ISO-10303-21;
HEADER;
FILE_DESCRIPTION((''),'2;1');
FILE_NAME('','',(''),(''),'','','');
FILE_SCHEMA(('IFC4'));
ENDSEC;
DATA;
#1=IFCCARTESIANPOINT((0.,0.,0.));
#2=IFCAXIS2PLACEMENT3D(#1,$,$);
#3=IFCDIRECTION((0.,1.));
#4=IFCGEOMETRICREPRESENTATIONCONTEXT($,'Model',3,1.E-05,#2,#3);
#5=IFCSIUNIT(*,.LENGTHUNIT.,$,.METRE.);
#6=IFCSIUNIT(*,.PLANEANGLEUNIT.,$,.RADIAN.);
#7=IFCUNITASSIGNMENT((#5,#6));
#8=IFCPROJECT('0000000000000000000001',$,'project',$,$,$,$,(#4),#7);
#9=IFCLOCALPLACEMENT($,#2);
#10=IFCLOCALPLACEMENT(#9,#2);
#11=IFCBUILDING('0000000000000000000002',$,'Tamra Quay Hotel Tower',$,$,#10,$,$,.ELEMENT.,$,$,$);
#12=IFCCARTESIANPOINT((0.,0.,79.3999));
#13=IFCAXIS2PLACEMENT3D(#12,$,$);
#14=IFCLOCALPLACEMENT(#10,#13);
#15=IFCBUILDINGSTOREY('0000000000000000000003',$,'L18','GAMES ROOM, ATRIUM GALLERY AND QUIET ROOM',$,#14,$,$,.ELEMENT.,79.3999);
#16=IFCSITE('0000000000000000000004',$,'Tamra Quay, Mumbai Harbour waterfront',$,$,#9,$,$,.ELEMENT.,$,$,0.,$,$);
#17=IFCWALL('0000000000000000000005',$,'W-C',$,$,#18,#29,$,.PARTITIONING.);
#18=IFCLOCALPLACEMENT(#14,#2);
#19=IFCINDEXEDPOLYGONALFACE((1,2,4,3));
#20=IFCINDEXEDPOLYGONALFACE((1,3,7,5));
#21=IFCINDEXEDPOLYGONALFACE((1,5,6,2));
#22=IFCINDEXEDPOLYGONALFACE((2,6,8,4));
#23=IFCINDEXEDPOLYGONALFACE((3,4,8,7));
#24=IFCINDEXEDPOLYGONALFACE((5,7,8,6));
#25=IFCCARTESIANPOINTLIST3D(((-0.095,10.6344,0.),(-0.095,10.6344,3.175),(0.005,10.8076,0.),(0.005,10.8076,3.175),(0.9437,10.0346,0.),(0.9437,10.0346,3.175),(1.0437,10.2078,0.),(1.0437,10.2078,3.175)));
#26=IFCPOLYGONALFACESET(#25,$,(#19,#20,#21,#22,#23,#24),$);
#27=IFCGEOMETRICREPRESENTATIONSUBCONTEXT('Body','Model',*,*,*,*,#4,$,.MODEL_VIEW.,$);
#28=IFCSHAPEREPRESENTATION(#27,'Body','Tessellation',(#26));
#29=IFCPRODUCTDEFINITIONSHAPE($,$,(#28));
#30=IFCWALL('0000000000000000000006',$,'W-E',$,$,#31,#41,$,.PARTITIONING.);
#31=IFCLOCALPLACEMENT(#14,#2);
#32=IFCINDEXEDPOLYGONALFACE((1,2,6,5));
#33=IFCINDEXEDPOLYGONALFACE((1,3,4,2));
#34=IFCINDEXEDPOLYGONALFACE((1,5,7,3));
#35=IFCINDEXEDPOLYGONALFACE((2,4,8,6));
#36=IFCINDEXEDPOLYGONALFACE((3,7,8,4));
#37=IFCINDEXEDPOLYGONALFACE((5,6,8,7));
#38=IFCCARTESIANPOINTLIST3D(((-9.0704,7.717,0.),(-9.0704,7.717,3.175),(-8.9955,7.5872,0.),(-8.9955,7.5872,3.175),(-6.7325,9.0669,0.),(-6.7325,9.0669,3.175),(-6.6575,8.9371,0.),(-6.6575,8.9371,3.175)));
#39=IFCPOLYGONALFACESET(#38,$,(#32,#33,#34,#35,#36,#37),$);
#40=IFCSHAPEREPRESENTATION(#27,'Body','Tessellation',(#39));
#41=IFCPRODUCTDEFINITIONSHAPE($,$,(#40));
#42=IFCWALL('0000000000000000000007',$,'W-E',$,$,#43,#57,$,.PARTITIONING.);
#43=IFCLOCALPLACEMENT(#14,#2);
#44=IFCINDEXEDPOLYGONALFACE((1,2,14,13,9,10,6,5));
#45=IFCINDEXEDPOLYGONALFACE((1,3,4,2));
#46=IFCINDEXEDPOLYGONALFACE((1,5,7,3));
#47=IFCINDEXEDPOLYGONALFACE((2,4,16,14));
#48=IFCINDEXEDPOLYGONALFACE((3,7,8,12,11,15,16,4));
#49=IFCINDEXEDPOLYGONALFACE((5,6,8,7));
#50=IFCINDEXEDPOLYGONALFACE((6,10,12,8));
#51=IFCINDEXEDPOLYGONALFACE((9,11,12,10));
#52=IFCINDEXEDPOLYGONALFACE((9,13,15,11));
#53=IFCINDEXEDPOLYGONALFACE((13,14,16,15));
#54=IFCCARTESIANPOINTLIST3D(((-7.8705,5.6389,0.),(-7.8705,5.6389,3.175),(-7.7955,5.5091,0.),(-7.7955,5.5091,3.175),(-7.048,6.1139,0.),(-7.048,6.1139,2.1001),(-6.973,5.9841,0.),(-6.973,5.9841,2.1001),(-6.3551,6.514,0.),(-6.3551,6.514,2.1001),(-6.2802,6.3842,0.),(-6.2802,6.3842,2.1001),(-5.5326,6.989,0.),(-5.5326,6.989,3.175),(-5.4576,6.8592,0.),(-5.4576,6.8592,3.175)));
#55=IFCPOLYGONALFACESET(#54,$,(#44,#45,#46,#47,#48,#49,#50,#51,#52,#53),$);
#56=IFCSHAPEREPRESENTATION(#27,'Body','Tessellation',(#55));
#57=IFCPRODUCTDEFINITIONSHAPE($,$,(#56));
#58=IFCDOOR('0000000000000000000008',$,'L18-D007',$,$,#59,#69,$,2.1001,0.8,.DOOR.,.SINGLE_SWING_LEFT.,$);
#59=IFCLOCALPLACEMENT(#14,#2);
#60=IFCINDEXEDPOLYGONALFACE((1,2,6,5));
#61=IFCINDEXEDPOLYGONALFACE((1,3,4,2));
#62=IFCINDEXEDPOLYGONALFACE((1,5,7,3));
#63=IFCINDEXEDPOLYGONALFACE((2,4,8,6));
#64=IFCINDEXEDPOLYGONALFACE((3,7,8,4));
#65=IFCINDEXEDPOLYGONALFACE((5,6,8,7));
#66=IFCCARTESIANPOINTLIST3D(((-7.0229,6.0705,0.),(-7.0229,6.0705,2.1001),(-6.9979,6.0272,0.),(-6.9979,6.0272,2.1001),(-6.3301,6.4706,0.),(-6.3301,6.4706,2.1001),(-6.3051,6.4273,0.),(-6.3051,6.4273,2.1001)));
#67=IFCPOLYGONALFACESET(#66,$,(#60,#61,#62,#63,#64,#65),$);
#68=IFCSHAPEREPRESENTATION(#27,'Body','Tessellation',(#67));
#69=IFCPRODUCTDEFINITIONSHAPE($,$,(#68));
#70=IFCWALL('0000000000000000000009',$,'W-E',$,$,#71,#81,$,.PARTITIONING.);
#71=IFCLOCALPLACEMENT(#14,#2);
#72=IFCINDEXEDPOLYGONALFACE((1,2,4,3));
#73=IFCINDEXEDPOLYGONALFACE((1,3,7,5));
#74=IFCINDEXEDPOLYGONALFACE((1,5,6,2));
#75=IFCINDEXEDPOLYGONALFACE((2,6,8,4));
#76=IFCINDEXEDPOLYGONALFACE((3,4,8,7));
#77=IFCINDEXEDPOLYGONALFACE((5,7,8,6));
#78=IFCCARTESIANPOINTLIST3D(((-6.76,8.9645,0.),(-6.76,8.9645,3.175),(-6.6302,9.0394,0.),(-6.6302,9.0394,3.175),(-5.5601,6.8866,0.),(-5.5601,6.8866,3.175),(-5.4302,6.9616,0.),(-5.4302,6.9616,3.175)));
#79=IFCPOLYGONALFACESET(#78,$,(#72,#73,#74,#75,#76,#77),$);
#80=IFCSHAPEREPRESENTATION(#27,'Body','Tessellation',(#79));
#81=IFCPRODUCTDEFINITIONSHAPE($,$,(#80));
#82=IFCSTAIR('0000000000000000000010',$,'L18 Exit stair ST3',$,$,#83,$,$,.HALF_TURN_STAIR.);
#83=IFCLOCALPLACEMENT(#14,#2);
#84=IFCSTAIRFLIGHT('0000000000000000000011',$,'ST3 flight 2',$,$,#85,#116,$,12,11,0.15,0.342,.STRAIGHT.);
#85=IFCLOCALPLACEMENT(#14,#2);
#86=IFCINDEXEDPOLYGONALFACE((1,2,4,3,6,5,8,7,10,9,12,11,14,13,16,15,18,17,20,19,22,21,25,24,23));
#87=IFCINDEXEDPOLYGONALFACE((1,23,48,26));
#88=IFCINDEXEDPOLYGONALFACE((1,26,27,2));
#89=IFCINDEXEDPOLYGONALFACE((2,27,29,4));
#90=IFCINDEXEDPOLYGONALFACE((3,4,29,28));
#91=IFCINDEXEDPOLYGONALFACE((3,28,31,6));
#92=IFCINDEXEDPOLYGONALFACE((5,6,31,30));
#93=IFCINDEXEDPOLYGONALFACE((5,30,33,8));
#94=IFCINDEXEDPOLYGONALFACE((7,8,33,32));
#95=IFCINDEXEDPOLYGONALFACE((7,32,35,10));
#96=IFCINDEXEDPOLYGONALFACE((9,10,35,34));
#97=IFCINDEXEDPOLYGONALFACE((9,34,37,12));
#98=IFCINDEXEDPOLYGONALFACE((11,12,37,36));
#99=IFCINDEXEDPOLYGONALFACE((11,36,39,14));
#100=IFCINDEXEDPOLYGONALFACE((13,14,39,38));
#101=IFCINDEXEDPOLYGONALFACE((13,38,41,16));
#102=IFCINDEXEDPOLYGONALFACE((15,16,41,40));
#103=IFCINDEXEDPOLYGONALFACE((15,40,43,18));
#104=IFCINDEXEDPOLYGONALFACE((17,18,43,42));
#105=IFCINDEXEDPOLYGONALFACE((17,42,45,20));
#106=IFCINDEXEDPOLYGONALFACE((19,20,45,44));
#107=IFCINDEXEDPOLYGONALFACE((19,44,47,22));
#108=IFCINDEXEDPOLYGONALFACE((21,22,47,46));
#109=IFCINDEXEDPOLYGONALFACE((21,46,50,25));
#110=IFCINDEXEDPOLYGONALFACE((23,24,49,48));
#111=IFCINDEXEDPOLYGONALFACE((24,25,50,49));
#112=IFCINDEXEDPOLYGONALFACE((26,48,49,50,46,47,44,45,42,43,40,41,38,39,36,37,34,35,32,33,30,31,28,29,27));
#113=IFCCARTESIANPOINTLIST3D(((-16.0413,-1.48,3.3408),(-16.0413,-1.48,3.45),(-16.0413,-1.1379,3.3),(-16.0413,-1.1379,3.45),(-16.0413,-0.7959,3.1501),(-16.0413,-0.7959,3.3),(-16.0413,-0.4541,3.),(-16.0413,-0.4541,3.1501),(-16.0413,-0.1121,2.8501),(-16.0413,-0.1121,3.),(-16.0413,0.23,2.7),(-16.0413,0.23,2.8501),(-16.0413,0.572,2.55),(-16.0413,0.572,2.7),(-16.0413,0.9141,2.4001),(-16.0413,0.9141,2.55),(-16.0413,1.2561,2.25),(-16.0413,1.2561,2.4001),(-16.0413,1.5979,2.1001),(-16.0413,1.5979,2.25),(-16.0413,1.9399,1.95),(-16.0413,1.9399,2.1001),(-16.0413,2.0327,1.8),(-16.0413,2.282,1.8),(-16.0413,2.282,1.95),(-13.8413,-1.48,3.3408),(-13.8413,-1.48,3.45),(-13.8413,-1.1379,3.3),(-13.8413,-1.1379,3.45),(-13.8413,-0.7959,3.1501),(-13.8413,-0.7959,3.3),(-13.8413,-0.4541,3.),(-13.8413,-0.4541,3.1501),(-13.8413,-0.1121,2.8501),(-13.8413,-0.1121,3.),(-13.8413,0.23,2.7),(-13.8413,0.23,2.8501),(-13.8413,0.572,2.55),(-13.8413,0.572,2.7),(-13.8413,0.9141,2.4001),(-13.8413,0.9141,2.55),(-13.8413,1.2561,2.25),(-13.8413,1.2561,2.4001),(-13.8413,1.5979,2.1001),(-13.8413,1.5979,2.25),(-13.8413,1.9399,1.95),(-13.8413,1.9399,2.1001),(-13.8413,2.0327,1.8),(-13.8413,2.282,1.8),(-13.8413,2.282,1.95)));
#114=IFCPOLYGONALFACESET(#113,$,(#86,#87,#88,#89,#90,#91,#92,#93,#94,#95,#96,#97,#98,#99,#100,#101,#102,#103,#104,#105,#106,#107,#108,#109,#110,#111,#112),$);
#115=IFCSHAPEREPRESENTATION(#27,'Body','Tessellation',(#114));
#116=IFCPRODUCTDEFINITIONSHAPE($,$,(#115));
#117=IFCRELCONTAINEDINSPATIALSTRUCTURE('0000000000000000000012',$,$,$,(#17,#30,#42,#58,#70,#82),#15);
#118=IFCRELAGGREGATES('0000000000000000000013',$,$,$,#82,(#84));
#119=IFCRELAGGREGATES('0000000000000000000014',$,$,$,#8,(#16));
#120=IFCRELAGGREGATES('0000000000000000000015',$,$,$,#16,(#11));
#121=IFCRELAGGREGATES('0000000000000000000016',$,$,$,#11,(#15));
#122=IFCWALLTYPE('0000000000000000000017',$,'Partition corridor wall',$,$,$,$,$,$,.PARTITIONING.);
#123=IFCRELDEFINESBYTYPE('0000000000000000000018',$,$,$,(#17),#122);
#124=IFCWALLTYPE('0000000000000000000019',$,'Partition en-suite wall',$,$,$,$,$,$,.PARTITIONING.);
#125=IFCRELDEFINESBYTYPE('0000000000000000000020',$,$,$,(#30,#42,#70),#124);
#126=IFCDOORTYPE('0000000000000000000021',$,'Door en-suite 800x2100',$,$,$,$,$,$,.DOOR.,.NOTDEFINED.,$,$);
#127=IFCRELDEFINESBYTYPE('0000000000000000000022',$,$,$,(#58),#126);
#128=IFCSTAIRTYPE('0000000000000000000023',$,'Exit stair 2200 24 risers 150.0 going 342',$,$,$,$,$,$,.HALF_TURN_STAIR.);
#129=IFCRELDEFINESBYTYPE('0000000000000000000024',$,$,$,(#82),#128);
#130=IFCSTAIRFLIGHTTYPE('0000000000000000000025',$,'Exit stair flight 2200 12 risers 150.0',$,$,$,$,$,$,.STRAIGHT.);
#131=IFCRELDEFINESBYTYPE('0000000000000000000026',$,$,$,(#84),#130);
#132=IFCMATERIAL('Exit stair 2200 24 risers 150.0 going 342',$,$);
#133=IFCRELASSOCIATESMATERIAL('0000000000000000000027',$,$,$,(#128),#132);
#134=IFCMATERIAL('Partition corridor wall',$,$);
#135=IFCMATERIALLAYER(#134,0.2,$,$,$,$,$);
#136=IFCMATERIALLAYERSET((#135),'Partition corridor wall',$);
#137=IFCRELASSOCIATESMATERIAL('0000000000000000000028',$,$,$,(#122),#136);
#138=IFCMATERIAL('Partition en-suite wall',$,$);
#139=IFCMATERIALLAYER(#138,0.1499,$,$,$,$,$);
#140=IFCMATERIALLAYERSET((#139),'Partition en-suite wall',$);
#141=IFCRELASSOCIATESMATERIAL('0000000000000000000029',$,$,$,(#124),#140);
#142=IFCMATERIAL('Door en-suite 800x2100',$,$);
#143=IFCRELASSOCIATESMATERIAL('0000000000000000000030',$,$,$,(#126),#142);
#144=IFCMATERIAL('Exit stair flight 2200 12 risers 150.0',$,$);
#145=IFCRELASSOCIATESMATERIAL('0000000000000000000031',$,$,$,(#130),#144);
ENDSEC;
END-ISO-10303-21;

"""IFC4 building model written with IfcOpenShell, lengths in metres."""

from ifc_helpers import new_model, si_unit, direction, frame, frame_2d, origin, place, context, subcontext, project, spatial, polyline, rectangle, outline, extrude, material, layer, layer_set, type_object, element, fill, aggregate, save


model = new_model("IFC4")

# Units and contexts
model_context = context("Model", 3, precision=1e-05, world=origin(), true_north=direction((0.0, 1.0)))
body_context = subcontext(model_context, "Body", "Model", "MODEL_VIEW")
ifc_project = project(units=[si_unit("LENGTHUNIT", "METRE"), si_unit("PLANEANGLEUNIT", "RADIAN")], contexts=[model_context])

# Site, building, storey
site_placement = place(None, origin())
site = spatial("IfcSite", under=ifc_project, at=site_placement, Name="Tamra Quay, Mumbai Harbour waterfront", CompositionType="ELEMENT", RefElevation=0.0)
building_placement = place(site_placement, origin())
building = spatial("IfcBuilding", under=site, at=building_placement, Name="Tamra Quay Hotel Tower", CompositionType="ELEMENT")
storey_placement = place(building_placement, frame((0.0, 0.0, 79.3999)))
storey = spatial("IfcBuildingStorey", under=building, at=storey_placement, Name="L18", Description="GAMES ROOM, ATRIUM GALLERY AND QUIET ROOM", CompositionType="ELEMENT", Elevation=79.3999)

# Shared definitions
ifc_material_1 = material(Name="Exit stair 2200 24 risers 150.0 going 342")
stair_type = type_object("IfcStairType", Name="Exit stair 2200 24 risers 150.0 going 342", PredefinedType="HALF_TURN_STAIR", material=ifc_material_1)

# Shared definitions
ifc_material_2 = material(Name="Partition corridor wall")
ifc_layer_1 = layer(ifc_material_2, 0.2)
ifc_layer_set_1 = layer_set([ifc_layer_1], Name="Partition corridor wall")
wall_type_1 = type_object("IfcWallType", Name="Partition corridor wall", PredefinedType="PARTITIONING", material=ifc_layer_set_1)

# Walls
wall_1_placement = place(storey_placement, frame((-0.0449, 10.7209, 0.0), z_axis=(0.0, 0.0, 1.0), x_axis=(0.865992, -0.500057, 0.0)))
element("IfcWall", 1, at=wall_1_placement, inside=storey, type_object=wall_type_1, Name="W-C", PredefinedType="PARTITIONING", context=body_context, shape_type="SweptSolid", body=[
    extrude(rectangle(XDim=1.1995, YDim=0.2, at=frame_2d((0.5996, 0.0))), origin(), (0.0, 0.0, 1.0), 3.175),
])
ifc_material_3 = material(Name="Partition en-suite wall")
ifc_layer_2 = layer(ifc_material_3, 0.1499)
ifc_layer_set_2 = layer_set([ifc_layer_2], Name="Partition en-suite wall")
wall_type_2 = type_object("IfcWallType", Name="Partition en-suite wall", PredefinedType="PARTITIONING", material=ifc_layer_set_2)
wall_2_placement = place(storey_placement, frame((-9.033, 7.6521, 0.0), z_axis=(0.0, 0.0, 1.0), x_axis=(0.866014, 0.50002, 0.0)))
element("IfcWall", 2, at=wall_2_placement, inside=storey, type_object=wall_type_2, Name="W-E", PredefinedType="PARTITIONING", context=body_context, shape_type="SweptSolid", body=[
    extrude(rectangle(XDim=2.6997, YDim=0.1499, at=frame_2d((1.3499, 0.0))), origin(), (0.0, 0.0, 1.0), 3.175),
])

# Wall, opening, door
wall_3_placement = place(storey_placement, frame((-7.833, 5.574, 0.0), z_axis=(0.0, 0.0, 1.0), x_axis=(0.865975, 0.500088, 0.0)))
wall_3 = element("IfcWall", 3, at=wall_3_placement, inside=storey, type_object=wall_type_2, Name="W-E", PredefinedType="PARTITIONING", context=body_context, shape_type="SweptSolid", body=[
    extrude(rectangle(XDim=2.6997, YDim=0.1499, at=frame_2d((1.3499, 0.0))), origin(), (0.0, 0.0, 1.0), 3.175),
])
opening_1_placement = place(wall_3_placement, frame((0.95, 0.0, 0.0)))
opening_1 = element("IfcOpeningElement", 4, at=opening_1_placement, cuts=wall_3, PredefinedType="OPENING", context=body_context, shape_type="SweptSolid", body=[
    extrude(rectangle(XDim=0.8, YDim=2.1001, at=frame_2d((0.3999, 1.05))), frame((0.0, 0.085, 0.0), z_axis=(0.0, -1.0, 0.0), x_axis=(1.0, 0.0, 0.0)), (0.0, 0.0, 1.0), 0.1699),
])
ifc_material_4 = material(Name="Door en-suite 800x2100")
door_type_1 = type_object("IfcDoorType", Name="Door en-suite 800x2100", OperationType="NOTDEFINED", PredefinedType="DOOR", material=ifc_material_4)
door_1_placement = place(opening_1_placement, origin())
door_1 = element("IfcDoor", 5, at=door_1_placement, inside=storey, type_object=door_type_1, Name="L18-D007", OperationType="SINGLE_SWING_LEFT", OverallHeight=2.1001, OverallWidth=0.8, PredefinedType="DOOR", context=body_context, shape_type="SweptSolid", body=[
    extrude(rectangle(XDim=0.8, YDim=2.1001, at=frame_2d((0.3999, 1.05))), frame((0.0, 0.0249, 0.0), z_axis=(0.0, -1.0, 0.0), x_axis=(1.0, 0.0, 0.0)), (0.0, 0.0, 1.0), 0.05),
])
fill(opening_1, door_1)

# Wall
wall_4_placement = place(storey_placement, frame((-6.6951, 9.002, 0.0), z_axis=(0.0, 0.0, 1.0), x_axis=(0.500089, -0.865974, 0.0)))
element("IfcWall", 6, at=wall_4_placement, inside=storey, type_object=wall_type_2, Name="W-E", PredefinedType="PARTITIONING", context=body_context, shape_type="SweptSolid", body=[
    extrude(rectangle(XDim=2.3994, YDim=0.1499, at=frame_2d((1.1997, 0.0))), origin(), (0.0, 0.0, 1.0), 3.175),
])

# Stair, stair flight
stair_1_placement = place(storey_placement, origin())
stair_1 = element("IfcStair", 7, at=stair_1_placement, inside=storey, type_object=stair_type, Name="L18 Exit stair ST3", PredefinedType="HALF_TURN_STAIR")
ifc_material_5 = material(Name="Exit stair flight 2200 12 risers 150.0")
stair_flight_type = type_object("IfcStairFlightType", Name="Exit stair flight 2200 12 risers 150.0", PredefinedType="STRAIGHT", material=ifc_material_5)
stair_flight_placement = place(storey_placement, frame((-14.9414, 2.282, 1.8), z_axis=(0.0, 0.0, 1.0), x_axis=(0.0, -1.0, 0.0)))
stair_flight = element("IfcStairFlight", 8, at=stair_flight_placement, type_object=stair_flight_type, Name="ST3 flight 2", NumberOfRisers=12, NumberOfTreads=11, PredefinedType="STRAIGHT", RiserHeight=0.15, TreadLength=0.342, context=body_context, shape_type="SweptSolid", body=[
    extrude(outline(polyline([(0.0, 0.0), (0.0, 0.1499), (0.342, 0.1499), (0.342, 0.3), (0.6841, 0.3), (0.6841, 0.45), (1.0259, 0.45), (1.0259, 0.6001), (1.3679, 0.6001), (1.3679, 0.75), (1.71, 0.75), (1.71, 0.8999), (2.052, 0.8999), (2.052, 1.05), (2.394, 1.05), (2.394, 1.2), (2.7361, 1.2), (2.7361, 1.3501), (3.0779, 1.3501), (3.0779, 1.5), (3.4199, 1.5), (3.4199, 1.6499), (3.762, 1.6499), (3.762, 1.8), (3.762, 1.5408), (0.2493, 0.0), (0.0, 0.0)])), frame((0.0, 1.1001, 0.0), z_axis=(0.0, -1.0, 0.0), x_axis=(1.0, 0.0, 0.0)), (0.0, 0.0, 1.0), 2.2),
])
aggregate(stair_1, [stair_flight])

save(model, "model.ifc")
